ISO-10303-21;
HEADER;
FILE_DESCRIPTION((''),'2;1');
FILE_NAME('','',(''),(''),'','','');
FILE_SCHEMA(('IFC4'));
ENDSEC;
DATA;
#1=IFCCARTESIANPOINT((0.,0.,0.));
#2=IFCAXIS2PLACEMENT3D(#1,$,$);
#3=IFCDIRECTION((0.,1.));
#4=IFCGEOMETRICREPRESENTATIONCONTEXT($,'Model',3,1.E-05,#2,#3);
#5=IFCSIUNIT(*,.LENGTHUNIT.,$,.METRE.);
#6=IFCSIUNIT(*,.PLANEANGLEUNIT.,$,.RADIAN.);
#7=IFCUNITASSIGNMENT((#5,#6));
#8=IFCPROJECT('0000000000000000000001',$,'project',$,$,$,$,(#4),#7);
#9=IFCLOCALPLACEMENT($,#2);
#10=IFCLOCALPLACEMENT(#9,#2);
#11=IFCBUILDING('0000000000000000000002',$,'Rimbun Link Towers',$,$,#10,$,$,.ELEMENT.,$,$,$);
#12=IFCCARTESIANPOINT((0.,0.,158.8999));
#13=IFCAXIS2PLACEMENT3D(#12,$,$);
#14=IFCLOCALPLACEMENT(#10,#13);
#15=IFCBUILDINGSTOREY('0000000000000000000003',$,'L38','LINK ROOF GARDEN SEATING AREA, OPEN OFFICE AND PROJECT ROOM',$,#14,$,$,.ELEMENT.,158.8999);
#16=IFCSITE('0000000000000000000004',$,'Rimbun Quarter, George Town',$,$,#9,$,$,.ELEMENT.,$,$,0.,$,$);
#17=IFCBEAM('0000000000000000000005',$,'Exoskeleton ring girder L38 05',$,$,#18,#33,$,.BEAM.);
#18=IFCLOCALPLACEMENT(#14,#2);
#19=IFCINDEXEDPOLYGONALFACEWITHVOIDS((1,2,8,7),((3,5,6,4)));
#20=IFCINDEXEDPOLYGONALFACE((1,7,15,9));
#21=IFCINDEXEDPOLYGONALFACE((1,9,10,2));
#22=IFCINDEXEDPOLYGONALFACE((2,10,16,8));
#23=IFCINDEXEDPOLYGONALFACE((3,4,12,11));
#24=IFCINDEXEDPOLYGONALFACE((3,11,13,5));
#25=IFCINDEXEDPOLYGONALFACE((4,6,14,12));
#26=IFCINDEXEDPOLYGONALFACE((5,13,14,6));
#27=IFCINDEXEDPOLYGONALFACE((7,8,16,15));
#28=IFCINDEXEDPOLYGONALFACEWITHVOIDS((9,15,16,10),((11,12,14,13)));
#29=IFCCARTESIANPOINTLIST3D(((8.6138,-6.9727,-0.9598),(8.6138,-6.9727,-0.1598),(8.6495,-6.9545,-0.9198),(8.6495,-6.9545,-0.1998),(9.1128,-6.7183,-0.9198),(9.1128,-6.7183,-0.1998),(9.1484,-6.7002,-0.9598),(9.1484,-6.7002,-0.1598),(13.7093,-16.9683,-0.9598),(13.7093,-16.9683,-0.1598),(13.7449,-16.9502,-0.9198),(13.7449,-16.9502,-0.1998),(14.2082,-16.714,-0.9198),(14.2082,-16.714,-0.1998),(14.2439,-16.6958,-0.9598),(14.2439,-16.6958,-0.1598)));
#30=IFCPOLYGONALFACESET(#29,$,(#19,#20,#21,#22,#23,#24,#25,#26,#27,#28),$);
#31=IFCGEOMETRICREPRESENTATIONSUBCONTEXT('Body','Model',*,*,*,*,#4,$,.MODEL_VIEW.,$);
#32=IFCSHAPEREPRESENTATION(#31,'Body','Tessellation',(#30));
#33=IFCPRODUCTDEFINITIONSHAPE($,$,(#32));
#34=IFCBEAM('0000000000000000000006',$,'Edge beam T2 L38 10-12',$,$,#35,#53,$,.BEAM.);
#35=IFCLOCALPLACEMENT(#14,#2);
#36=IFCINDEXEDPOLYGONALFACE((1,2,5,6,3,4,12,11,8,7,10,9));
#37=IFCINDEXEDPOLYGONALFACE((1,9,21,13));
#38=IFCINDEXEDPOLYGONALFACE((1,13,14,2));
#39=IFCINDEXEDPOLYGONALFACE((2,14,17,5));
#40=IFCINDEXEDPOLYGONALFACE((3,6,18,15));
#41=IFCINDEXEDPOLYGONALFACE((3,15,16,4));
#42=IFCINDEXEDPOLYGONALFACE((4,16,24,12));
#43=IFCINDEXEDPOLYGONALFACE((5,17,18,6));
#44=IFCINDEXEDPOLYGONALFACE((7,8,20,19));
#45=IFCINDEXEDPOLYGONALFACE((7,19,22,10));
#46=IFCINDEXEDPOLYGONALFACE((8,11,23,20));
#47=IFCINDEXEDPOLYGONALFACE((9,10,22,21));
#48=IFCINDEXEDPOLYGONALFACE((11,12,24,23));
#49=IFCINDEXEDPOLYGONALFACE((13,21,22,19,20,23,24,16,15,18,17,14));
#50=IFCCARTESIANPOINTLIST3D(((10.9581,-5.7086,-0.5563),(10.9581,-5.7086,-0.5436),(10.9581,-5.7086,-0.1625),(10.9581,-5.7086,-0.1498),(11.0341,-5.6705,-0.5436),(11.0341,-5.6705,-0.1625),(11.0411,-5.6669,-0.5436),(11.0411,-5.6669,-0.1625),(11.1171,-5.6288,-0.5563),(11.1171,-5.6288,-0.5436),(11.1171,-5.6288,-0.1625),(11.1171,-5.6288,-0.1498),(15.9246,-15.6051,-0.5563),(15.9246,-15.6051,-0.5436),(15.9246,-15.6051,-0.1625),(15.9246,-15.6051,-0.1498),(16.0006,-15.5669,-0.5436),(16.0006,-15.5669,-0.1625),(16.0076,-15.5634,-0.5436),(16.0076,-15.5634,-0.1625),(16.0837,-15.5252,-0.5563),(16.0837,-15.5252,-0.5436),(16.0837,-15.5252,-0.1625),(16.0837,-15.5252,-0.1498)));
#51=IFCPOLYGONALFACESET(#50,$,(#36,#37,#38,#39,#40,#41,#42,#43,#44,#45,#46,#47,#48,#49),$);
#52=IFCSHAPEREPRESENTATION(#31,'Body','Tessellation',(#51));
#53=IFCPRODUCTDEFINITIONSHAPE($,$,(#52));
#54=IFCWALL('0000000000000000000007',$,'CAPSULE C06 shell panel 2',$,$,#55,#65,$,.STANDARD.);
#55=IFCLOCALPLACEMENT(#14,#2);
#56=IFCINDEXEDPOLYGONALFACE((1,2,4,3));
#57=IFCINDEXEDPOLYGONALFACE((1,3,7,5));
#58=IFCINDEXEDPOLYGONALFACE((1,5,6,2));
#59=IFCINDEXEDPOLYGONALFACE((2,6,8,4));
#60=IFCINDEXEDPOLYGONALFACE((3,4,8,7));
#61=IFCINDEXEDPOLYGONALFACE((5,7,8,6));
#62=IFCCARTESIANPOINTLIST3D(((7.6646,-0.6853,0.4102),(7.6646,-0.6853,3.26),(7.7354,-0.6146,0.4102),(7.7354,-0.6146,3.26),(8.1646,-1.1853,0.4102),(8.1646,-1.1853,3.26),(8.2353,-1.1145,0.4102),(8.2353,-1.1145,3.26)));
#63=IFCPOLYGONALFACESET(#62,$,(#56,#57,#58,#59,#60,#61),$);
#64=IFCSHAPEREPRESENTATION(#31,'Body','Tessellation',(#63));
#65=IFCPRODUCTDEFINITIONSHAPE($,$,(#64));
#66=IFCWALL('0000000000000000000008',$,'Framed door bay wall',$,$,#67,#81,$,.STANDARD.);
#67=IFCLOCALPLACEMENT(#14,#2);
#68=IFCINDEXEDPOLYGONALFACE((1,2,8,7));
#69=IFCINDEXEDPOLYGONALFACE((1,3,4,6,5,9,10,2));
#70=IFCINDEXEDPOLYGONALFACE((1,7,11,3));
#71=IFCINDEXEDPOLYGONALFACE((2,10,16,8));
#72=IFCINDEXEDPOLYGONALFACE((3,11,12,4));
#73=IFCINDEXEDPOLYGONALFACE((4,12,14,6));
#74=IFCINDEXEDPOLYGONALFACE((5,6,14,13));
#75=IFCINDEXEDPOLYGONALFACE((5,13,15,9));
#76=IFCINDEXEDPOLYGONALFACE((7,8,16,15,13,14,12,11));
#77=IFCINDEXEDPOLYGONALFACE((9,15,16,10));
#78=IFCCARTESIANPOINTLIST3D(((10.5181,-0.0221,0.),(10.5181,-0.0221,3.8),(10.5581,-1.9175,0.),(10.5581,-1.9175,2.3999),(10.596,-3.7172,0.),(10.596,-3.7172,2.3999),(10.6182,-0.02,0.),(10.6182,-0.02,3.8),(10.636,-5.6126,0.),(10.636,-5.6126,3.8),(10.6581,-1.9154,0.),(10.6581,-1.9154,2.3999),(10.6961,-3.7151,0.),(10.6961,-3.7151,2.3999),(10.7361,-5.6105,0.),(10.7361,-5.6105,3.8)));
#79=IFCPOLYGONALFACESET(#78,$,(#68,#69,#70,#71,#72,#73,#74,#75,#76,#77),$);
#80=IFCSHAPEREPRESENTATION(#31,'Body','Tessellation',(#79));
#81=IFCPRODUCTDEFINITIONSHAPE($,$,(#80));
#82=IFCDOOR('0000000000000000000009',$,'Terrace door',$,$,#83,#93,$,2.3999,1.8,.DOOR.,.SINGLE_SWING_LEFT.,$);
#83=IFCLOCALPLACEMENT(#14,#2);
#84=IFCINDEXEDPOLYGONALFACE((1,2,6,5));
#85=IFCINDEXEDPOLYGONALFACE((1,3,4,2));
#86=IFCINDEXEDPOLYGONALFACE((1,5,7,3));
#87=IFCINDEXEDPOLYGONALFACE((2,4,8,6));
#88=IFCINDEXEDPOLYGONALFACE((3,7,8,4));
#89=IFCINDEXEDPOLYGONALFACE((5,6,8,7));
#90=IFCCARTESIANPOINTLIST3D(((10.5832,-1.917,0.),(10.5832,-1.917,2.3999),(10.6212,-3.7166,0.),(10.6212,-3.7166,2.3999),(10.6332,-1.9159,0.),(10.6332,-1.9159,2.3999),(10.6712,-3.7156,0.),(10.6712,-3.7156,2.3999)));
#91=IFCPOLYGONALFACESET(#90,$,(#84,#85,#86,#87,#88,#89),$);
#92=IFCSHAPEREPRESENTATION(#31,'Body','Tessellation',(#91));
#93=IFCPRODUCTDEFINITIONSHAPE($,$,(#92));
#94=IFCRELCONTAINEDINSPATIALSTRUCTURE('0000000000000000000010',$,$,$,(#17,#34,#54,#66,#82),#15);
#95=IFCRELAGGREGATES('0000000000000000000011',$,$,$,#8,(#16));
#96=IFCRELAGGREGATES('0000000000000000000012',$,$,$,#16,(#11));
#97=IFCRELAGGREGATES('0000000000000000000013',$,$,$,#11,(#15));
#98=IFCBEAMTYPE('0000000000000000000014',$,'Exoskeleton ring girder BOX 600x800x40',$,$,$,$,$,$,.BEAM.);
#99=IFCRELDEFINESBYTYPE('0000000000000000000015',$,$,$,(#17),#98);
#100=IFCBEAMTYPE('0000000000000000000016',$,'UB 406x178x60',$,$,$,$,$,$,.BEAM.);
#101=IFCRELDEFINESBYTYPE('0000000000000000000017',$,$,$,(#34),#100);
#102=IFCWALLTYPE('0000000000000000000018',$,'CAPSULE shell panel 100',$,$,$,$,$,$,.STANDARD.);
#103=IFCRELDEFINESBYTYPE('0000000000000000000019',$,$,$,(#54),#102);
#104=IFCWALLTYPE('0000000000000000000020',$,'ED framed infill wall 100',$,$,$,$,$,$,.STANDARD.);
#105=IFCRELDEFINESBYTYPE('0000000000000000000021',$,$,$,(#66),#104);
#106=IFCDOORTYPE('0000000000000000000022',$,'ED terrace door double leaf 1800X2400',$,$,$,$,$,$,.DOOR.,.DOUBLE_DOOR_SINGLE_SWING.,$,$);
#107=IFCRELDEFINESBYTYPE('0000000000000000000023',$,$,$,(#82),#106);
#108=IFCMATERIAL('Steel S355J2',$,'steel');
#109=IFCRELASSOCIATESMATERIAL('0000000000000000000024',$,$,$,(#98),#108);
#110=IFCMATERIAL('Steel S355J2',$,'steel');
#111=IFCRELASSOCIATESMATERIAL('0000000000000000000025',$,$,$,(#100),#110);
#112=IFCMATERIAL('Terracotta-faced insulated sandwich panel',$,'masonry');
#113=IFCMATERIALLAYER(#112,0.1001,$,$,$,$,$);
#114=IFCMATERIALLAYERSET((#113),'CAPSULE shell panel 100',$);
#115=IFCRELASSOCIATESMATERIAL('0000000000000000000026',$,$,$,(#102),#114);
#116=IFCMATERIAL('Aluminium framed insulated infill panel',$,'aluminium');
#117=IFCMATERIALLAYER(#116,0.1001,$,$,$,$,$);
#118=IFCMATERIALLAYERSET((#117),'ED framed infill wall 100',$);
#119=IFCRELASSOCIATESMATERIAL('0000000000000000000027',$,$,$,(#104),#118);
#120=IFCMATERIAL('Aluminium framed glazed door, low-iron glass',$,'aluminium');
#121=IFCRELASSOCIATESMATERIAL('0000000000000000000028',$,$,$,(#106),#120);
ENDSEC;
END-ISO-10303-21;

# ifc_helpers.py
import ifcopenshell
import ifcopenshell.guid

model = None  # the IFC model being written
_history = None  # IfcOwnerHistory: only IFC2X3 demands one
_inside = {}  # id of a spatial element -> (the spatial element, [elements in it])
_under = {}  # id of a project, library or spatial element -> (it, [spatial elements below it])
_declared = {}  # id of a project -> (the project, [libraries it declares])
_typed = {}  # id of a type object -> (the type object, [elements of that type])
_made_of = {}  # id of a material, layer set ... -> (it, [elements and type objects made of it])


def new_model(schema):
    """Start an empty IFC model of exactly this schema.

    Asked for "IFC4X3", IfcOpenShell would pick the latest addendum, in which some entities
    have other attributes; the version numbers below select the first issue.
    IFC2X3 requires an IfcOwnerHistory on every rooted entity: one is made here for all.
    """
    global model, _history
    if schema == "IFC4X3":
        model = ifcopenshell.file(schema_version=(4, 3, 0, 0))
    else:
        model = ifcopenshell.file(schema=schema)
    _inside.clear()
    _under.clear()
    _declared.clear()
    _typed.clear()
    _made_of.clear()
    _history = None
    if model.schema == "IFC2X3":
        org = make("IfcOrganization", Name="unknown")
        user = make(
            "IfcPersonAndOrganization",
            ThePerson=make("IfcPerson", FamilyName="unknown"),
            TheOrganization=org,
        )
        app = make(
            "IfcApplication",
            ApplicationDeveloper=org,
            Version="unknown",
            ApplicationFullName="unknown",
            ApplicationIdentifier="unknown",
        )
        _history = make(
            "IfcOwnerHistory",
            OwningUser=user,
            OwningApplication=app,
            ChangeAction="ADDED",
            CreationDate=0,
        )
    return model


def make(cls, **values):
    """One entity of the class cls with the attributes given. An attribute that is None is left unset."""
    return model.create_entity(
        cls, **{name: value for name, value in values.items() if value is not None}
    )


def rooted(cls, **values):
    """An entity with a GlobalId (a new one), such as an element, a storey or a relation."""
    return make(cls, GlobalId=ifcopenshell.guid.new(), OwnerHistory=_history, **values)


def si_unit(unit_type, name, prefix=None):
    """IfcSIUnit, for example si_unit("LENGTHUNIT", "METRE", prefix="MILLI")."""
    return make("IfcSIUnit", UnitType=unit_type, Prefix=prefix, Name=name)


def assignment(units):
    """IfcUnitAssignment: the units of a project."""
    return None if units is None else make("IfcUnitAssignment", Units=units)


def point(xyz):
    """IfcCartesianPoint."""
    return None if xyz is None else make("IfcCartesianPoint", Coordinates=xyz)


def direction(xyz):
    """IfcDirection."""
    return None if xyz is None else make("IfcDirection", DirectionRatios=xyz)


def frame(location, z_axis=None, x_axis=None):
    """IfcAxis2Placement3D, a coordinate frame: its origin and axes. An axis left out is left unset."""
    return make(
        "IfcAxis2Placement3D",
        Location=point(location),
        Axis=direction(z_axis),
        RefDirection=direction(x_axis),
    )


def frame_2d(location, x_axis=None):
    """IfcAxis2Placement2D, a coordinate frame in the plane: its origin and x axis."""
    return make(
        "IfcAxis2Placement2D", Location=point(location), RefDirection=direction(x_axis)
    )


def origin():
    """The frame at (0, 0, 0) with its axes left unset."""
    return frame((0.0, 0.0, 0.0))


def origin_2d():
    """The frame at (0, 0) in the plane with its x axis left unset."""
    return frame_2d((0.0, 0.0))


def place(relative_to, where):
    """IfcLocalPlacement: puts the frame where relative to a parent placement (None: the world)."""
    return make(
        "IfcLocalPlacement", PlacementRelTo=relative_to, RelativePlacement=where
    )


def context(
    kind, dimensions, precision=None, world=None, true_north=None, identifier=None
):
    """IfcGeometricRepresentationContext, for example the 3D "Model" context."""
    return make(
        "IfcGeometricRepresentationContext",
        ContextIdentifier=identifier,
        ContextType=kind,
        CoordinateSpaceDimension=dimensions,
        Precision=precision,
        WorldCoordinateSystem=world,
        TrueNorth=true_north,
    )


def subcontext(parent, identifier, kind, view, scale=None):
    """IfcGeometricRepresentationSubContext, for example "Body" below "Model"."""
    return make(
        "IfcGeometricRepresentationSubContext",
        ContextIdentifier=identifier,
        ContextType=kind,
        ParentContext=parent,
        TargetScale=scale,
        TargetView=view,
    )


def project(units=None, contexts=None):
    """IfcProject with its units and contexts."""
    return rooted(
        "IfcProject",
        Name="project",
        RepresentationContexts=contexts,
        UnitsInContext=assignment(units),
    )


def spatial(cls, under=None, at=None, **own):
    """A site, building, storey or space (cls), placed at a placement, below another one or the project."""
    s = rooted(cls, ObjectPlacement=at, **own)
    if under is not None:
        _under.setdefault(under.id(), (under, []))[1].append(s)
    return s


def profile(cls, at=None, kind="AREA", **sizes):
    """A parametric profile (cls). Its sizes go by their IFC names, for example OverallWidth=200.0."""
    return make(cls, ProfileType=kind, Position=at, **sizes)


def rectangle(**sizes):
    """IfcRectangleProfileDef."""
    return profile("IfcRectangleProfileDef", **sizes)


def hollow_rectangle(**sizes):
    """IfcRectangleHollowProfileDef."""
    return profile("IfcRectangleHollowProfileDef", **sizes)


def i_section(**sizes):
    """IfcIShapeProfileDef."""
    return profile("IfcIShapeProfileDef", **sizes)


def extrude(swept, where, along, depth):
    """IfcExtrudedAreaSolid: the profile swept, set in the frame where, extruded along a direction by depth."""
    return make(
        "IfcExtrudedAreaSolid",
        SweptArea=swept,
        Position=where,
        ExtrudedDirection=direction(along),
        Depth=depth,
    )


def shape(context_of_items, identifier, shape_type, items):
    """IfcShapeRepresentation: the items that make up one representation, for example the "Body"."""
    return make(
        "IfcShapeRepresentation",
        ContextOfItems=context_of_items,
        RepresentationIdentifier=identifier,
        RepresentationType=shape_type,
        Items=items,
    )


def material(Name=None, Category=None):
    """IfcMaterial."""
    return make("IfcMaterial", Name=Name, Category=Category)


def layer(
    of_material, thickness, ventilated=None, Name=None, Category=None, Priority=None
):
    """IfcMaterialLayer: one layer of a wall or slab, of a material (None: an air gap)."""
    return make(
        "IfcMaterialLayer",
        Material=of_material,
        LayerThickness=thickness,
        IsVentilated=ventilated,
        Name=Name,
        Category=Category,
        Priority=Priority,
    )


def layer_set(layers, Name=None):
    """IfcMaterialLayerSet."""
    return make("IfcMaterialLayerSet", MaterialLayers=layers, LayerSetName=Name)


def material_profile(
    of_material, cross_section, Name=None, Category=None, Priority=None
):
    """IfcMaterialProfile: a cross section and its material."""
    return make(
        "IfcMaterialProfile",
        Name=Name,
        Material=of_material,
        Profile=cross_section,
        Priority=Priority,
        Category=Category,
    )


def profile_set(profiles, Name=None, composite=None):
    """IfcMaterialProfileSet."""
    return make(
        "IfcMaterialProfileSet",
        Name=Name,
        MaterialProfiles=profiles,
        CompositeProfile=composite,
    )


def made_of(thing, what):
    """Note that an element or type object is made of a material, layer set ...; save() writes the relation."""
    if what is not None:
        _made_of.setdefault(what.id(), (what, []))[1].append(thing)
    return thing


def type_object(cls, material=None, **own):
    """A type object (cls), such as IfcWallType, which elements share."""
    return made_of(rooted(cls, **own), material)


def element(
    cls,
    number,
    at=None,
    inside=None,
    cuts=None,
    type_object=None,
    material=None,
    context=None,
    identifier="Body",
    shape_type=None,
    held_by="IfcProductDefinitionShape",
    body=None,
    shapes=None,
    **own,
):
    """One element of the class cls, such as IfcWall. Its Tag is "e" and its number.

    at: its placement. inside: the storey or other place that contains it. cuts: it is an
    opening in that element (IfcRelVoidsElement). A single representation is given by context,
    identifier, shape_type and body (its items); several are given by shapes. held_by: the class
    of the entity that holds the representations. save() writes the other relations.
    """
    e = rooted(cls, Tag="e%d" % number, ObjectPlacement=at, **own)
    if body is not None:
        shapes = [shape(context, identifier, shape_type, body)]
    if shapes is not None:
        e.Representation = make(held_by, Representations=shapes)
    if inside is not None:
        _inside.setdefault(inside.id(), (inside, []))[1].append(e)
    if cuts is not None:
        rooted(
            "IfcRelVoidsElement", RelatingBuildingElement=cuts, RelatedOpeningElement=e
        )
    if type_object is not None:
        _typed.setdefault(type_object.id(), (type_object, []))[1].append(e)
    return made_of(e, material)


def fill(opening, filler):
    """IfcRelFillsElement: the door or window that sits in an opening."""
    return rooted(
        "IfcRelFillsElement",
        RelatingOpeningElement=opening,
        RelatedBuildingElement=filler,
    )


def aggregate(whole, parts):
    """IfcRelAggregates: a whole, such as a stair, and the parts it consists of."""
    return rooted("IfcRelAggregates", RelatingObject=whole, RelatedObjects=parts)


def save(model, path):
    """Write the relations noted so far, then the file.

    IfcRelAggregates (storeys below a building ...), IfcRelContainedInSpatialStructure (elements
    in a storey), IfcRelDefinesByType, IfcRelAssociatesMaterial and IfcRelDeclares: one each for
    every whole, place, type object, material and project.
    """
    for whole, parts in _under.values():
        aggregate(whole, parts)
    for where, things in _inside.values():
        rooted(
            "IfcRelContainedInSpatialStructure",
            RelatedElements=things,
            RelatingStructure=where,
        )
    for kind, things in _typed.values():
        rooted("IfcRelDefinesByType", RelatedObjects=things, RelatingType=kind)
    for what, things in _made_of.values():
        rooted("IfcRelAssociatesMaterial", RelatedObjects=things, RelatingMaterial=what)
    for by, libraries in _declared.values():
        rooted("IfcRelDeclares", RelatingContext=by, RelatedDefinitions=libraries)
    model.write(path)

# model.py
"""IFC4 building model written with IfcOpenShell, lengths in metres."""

from ifc_helpers import new_model, si_unit, direction, frame, frame_2d, origin, origin_2d, place, context, subcontext, project, spatial, rectangle, hollow_rectangle, i_section, extrude, material, layer, layer_set, material_profile, profile_set, type_object, element, fill, save


model = new_model("IFC4")

# Units and contexts
model_context = context("Model", 3, precision=1e-05, world=origin(), true_north=direction((0.0, 1.0)))
body_context = subcontext(model_context, "Body", "Model", "MODEL_VIEW")
ifc_project = project(units=[si_unit("LENGTHUNIT", "METRE"), si_unit("PLANEANGLEUNIT", "RADIAN")], contexts=[model_context])

# Site, building, storey
site_placement = place(None, origin())
site = spatial("IfcSite", under=ifc_project, at=site_placement, Name="Rimbun Quarter, George Town", CompositionType="ELEMENT", RefElevation=0.0)
building_placement = place(site_placement, origin())
building = spatial("IfcBuilding", under=site, at=building_placement, Name="Rimbun Link Towers", CompositionType="ELEMENT")
storey_placement = place(building_placement, frame((0.0, 0.0, 158.8999)))
storey = spatial("IfcBuildingStorey", under=building, at=storey_placement, Name="L38", Description="LINK ROOF GARDEN SEATING AREA, OPEN OFFICE AND PROJECT ROOM", CompositionType="ELEMENT", Elevation=158.8999)

# Beams
ifc_material_1 = material(Name="Steel S355J2", Category="steel")
ifc_material_profile_1 = material_profile(ifc_material_1, hollow_rectangle(XDim=0.6001, YDim=0.8, WallThickness=0.04, at=origin_2d()), Name="Exoskeleton ring girder BOX 600x800x40")
ifc_profile_set_1 = profile_set([ifc_material_profile_1], Name="Steel S355J2")
beam_type_1 = type_object("IfcBeamType", Name="Exoskeleton ring girder BOX 600x800x40", PredefinedType="BEAM", material=ifc_profile_set_1)
beam_1_placement = place(storey_placement, frame((8.8811, -6.8364, -0.5598), z_axis=(0.454163, -0.890918, 0.0), x_axis=(0.890918, 0.454163, 0.0)))
element("IfcBeam", 1, at=beam_1_placement, inside=storey, type_object=beam_type_1, Name="Exoskeleton ring girder L38 05", PredefinedType="BEAM", context=body_context, shape_type="SweptSolid", body=[
    extrude(hollow_rectangle(XDim=0.6001, YDim=0.8, WallThickness=0.04, at=origin_2d()), origin(), (0.0, 0.0, 1.0), 11.2195),
])
ifc_material_2 = material(Name="Steel S355J2", Category="steel")
ifc_material_profile_2 = material_profile(ifc_material_2, i_section(OverallWidth=0.178, OverallDepth=0.4065, WebThickness=0.0078, FlangeThickness=0.0127, at=origin_2d()), Name="UB 406x178x60")
ifc_profile_set_2 = profile_set([ifc_material_profile_2], Name="Steel S355J2")
beam_type_2 = type_object("IfcBeamType", Name="UB 406x178x60", PredefinedType="BEAM", material=ifc_profile_set_2)
beam_2_placement = place(storey_placement, frame((11.0376, -5.6687, -0.353), z_axis=(0.448536, -0.893765, 0.0), x_axis=(0.893765, 0.448536, 0.0)))
element("IfcBeam", 2, at=beam_2_placement, inside=storey, type_object=beam_type_2, Name="Edge beam T2 L38 10-12", PredefinedType="BEAM", context=body_context, shape_type="SweptSolid", body=[
    extrude(i_section(OverallWidth=0.178, OverallDepth=0.4065, WebThickness=0.0078, FlangeThickness=0.0127, at=origin_2d()), origin(), (0.0, 0.0, 1.0), 11.0728),
])

# Wall
ifc_material_3 = material(Name="Terracotta-faced insulated sandwich panel", Category="masonry")
ifc_layer_1 = layer(ifc_material_3, 0.1001)
ifc_layer_set_1 = layer_set([ifc_layer_1], Name="CAPSULE shell panel 100")
wall_type_1 = type_object("IfcWallType", Name="CAPSULE shell panel 100", PredefinedType="STANDARD", material=ifc_layer_set_1)
wall_1_placement = place(storey_placement, frame((8.2, -1.1499, 0.4102), z_axis=(0.0, 0.0, 1.0), x_axis=(-0.707107, 0.707107, 0.0)))
element("IfcWall", 3, at=wall_1_placement, inside=storey, type_object=wall_type_1, Name="CAPSULE C06 shell panel 2", PredefinedType="STANDARD", context=body_context, shape_type="SweptSolid", body=[
    extrude(rectangle(XDim=0.707, YDim=0.1001, at=frame_2d((0.3535, 0.0))), origin(), (0.0, 0.0, 1.0), 2.8499),
])

# Wall, opening, door
ifc_material_4 = material(Name="Aluminium framed insulated infill panel", Category="aluminium")
ifc_layer_2 = layer(ifc_material_4, 0.1001)
ifc_layer_set_2 = layer_set([ifc_layer_2], Name="ED framed infill wall 100")
wall_type_2 = type_object("IfcWallType", Name="ED framed infill wall 100", PredefinedType="STANDARD", material=ifc_layer_set_2)
wall_2_placement = place(storey_placement, frame((10.686, -5.6116, 0.0), z_axis=(0.0, 0.0, 1.0), x_axis=(-0.021088, 0.999778, 0.0)))
wall_2 = element("IfcWall", 4, at=wall_2_placement, inside=storey, type_object=wall_type_2, Name="Framed door bay wall", PredefinedType="STANDARD", context=body_context, shape_type="SweptSolid", body=[
    extrude(rectangle(XDim=5.5918, YDim=0.1001, at=frame_2d((2.7959, 0.0))), origin(), (0.0, 0.0, 1.0), 3.8),
])
opening_placement = place(wall_2_placement, frame((1.896, 0.0, 0.0)))
opening = element("IfcOpeningElement", 5, at=opening_placement, cuts=wall_2, PredefinedType="OPENING", context=body_context, shape_type="SweptSolid", body=[
    extrude(rectangle(XDim=1.8, YDim=2.3999, at=frame_2d((0.8999, 1.2))), frame((0.0, 0.0601, 0.0), z_axis=(0.0, -1.0, 0.0), x_axis=(1.0, 0.0, 0.0)), (0.0, 0.0, 1.0), 0.1201),
])
ifc_material_5 = material(Name="Aluminium framed glazed door, low-iron glass", Category="aluminium")
door_type = type_object("IfcDoorType", Name="ED terrace door double leaf 1800X2400", OperationType="DOUBLE_DOOR_SINGLE_SWING", PredefinedType="DOOR", material=ifc_material_5)
door_placement = place(opening_placement, origin())
door = element("IfcDoor", 6, at=door_placement, inside=storey, type_object=door_type, Name="Terrace door", OperationType="SINGLE_SWING_LEFT", OverallHeight=2.3999, OverallWidth=1.8, PredefinedType="DOOR", context=body_context, shape_type="SweptSolid", body=[
    extrude(rectangle(XDim=1.8, YDim=2.3999, at=frame_2d((0.8999, 1.2))), frame((0.0, 0.0249, 0.0), z_axis=(0.0, -1.0, 0.0), x_axis=(1.0, 0.0, 0.0)), (0.0, 0.0, 1.0), 0.05),
])
fill(opening, door)

save(model, "model.ifc")
